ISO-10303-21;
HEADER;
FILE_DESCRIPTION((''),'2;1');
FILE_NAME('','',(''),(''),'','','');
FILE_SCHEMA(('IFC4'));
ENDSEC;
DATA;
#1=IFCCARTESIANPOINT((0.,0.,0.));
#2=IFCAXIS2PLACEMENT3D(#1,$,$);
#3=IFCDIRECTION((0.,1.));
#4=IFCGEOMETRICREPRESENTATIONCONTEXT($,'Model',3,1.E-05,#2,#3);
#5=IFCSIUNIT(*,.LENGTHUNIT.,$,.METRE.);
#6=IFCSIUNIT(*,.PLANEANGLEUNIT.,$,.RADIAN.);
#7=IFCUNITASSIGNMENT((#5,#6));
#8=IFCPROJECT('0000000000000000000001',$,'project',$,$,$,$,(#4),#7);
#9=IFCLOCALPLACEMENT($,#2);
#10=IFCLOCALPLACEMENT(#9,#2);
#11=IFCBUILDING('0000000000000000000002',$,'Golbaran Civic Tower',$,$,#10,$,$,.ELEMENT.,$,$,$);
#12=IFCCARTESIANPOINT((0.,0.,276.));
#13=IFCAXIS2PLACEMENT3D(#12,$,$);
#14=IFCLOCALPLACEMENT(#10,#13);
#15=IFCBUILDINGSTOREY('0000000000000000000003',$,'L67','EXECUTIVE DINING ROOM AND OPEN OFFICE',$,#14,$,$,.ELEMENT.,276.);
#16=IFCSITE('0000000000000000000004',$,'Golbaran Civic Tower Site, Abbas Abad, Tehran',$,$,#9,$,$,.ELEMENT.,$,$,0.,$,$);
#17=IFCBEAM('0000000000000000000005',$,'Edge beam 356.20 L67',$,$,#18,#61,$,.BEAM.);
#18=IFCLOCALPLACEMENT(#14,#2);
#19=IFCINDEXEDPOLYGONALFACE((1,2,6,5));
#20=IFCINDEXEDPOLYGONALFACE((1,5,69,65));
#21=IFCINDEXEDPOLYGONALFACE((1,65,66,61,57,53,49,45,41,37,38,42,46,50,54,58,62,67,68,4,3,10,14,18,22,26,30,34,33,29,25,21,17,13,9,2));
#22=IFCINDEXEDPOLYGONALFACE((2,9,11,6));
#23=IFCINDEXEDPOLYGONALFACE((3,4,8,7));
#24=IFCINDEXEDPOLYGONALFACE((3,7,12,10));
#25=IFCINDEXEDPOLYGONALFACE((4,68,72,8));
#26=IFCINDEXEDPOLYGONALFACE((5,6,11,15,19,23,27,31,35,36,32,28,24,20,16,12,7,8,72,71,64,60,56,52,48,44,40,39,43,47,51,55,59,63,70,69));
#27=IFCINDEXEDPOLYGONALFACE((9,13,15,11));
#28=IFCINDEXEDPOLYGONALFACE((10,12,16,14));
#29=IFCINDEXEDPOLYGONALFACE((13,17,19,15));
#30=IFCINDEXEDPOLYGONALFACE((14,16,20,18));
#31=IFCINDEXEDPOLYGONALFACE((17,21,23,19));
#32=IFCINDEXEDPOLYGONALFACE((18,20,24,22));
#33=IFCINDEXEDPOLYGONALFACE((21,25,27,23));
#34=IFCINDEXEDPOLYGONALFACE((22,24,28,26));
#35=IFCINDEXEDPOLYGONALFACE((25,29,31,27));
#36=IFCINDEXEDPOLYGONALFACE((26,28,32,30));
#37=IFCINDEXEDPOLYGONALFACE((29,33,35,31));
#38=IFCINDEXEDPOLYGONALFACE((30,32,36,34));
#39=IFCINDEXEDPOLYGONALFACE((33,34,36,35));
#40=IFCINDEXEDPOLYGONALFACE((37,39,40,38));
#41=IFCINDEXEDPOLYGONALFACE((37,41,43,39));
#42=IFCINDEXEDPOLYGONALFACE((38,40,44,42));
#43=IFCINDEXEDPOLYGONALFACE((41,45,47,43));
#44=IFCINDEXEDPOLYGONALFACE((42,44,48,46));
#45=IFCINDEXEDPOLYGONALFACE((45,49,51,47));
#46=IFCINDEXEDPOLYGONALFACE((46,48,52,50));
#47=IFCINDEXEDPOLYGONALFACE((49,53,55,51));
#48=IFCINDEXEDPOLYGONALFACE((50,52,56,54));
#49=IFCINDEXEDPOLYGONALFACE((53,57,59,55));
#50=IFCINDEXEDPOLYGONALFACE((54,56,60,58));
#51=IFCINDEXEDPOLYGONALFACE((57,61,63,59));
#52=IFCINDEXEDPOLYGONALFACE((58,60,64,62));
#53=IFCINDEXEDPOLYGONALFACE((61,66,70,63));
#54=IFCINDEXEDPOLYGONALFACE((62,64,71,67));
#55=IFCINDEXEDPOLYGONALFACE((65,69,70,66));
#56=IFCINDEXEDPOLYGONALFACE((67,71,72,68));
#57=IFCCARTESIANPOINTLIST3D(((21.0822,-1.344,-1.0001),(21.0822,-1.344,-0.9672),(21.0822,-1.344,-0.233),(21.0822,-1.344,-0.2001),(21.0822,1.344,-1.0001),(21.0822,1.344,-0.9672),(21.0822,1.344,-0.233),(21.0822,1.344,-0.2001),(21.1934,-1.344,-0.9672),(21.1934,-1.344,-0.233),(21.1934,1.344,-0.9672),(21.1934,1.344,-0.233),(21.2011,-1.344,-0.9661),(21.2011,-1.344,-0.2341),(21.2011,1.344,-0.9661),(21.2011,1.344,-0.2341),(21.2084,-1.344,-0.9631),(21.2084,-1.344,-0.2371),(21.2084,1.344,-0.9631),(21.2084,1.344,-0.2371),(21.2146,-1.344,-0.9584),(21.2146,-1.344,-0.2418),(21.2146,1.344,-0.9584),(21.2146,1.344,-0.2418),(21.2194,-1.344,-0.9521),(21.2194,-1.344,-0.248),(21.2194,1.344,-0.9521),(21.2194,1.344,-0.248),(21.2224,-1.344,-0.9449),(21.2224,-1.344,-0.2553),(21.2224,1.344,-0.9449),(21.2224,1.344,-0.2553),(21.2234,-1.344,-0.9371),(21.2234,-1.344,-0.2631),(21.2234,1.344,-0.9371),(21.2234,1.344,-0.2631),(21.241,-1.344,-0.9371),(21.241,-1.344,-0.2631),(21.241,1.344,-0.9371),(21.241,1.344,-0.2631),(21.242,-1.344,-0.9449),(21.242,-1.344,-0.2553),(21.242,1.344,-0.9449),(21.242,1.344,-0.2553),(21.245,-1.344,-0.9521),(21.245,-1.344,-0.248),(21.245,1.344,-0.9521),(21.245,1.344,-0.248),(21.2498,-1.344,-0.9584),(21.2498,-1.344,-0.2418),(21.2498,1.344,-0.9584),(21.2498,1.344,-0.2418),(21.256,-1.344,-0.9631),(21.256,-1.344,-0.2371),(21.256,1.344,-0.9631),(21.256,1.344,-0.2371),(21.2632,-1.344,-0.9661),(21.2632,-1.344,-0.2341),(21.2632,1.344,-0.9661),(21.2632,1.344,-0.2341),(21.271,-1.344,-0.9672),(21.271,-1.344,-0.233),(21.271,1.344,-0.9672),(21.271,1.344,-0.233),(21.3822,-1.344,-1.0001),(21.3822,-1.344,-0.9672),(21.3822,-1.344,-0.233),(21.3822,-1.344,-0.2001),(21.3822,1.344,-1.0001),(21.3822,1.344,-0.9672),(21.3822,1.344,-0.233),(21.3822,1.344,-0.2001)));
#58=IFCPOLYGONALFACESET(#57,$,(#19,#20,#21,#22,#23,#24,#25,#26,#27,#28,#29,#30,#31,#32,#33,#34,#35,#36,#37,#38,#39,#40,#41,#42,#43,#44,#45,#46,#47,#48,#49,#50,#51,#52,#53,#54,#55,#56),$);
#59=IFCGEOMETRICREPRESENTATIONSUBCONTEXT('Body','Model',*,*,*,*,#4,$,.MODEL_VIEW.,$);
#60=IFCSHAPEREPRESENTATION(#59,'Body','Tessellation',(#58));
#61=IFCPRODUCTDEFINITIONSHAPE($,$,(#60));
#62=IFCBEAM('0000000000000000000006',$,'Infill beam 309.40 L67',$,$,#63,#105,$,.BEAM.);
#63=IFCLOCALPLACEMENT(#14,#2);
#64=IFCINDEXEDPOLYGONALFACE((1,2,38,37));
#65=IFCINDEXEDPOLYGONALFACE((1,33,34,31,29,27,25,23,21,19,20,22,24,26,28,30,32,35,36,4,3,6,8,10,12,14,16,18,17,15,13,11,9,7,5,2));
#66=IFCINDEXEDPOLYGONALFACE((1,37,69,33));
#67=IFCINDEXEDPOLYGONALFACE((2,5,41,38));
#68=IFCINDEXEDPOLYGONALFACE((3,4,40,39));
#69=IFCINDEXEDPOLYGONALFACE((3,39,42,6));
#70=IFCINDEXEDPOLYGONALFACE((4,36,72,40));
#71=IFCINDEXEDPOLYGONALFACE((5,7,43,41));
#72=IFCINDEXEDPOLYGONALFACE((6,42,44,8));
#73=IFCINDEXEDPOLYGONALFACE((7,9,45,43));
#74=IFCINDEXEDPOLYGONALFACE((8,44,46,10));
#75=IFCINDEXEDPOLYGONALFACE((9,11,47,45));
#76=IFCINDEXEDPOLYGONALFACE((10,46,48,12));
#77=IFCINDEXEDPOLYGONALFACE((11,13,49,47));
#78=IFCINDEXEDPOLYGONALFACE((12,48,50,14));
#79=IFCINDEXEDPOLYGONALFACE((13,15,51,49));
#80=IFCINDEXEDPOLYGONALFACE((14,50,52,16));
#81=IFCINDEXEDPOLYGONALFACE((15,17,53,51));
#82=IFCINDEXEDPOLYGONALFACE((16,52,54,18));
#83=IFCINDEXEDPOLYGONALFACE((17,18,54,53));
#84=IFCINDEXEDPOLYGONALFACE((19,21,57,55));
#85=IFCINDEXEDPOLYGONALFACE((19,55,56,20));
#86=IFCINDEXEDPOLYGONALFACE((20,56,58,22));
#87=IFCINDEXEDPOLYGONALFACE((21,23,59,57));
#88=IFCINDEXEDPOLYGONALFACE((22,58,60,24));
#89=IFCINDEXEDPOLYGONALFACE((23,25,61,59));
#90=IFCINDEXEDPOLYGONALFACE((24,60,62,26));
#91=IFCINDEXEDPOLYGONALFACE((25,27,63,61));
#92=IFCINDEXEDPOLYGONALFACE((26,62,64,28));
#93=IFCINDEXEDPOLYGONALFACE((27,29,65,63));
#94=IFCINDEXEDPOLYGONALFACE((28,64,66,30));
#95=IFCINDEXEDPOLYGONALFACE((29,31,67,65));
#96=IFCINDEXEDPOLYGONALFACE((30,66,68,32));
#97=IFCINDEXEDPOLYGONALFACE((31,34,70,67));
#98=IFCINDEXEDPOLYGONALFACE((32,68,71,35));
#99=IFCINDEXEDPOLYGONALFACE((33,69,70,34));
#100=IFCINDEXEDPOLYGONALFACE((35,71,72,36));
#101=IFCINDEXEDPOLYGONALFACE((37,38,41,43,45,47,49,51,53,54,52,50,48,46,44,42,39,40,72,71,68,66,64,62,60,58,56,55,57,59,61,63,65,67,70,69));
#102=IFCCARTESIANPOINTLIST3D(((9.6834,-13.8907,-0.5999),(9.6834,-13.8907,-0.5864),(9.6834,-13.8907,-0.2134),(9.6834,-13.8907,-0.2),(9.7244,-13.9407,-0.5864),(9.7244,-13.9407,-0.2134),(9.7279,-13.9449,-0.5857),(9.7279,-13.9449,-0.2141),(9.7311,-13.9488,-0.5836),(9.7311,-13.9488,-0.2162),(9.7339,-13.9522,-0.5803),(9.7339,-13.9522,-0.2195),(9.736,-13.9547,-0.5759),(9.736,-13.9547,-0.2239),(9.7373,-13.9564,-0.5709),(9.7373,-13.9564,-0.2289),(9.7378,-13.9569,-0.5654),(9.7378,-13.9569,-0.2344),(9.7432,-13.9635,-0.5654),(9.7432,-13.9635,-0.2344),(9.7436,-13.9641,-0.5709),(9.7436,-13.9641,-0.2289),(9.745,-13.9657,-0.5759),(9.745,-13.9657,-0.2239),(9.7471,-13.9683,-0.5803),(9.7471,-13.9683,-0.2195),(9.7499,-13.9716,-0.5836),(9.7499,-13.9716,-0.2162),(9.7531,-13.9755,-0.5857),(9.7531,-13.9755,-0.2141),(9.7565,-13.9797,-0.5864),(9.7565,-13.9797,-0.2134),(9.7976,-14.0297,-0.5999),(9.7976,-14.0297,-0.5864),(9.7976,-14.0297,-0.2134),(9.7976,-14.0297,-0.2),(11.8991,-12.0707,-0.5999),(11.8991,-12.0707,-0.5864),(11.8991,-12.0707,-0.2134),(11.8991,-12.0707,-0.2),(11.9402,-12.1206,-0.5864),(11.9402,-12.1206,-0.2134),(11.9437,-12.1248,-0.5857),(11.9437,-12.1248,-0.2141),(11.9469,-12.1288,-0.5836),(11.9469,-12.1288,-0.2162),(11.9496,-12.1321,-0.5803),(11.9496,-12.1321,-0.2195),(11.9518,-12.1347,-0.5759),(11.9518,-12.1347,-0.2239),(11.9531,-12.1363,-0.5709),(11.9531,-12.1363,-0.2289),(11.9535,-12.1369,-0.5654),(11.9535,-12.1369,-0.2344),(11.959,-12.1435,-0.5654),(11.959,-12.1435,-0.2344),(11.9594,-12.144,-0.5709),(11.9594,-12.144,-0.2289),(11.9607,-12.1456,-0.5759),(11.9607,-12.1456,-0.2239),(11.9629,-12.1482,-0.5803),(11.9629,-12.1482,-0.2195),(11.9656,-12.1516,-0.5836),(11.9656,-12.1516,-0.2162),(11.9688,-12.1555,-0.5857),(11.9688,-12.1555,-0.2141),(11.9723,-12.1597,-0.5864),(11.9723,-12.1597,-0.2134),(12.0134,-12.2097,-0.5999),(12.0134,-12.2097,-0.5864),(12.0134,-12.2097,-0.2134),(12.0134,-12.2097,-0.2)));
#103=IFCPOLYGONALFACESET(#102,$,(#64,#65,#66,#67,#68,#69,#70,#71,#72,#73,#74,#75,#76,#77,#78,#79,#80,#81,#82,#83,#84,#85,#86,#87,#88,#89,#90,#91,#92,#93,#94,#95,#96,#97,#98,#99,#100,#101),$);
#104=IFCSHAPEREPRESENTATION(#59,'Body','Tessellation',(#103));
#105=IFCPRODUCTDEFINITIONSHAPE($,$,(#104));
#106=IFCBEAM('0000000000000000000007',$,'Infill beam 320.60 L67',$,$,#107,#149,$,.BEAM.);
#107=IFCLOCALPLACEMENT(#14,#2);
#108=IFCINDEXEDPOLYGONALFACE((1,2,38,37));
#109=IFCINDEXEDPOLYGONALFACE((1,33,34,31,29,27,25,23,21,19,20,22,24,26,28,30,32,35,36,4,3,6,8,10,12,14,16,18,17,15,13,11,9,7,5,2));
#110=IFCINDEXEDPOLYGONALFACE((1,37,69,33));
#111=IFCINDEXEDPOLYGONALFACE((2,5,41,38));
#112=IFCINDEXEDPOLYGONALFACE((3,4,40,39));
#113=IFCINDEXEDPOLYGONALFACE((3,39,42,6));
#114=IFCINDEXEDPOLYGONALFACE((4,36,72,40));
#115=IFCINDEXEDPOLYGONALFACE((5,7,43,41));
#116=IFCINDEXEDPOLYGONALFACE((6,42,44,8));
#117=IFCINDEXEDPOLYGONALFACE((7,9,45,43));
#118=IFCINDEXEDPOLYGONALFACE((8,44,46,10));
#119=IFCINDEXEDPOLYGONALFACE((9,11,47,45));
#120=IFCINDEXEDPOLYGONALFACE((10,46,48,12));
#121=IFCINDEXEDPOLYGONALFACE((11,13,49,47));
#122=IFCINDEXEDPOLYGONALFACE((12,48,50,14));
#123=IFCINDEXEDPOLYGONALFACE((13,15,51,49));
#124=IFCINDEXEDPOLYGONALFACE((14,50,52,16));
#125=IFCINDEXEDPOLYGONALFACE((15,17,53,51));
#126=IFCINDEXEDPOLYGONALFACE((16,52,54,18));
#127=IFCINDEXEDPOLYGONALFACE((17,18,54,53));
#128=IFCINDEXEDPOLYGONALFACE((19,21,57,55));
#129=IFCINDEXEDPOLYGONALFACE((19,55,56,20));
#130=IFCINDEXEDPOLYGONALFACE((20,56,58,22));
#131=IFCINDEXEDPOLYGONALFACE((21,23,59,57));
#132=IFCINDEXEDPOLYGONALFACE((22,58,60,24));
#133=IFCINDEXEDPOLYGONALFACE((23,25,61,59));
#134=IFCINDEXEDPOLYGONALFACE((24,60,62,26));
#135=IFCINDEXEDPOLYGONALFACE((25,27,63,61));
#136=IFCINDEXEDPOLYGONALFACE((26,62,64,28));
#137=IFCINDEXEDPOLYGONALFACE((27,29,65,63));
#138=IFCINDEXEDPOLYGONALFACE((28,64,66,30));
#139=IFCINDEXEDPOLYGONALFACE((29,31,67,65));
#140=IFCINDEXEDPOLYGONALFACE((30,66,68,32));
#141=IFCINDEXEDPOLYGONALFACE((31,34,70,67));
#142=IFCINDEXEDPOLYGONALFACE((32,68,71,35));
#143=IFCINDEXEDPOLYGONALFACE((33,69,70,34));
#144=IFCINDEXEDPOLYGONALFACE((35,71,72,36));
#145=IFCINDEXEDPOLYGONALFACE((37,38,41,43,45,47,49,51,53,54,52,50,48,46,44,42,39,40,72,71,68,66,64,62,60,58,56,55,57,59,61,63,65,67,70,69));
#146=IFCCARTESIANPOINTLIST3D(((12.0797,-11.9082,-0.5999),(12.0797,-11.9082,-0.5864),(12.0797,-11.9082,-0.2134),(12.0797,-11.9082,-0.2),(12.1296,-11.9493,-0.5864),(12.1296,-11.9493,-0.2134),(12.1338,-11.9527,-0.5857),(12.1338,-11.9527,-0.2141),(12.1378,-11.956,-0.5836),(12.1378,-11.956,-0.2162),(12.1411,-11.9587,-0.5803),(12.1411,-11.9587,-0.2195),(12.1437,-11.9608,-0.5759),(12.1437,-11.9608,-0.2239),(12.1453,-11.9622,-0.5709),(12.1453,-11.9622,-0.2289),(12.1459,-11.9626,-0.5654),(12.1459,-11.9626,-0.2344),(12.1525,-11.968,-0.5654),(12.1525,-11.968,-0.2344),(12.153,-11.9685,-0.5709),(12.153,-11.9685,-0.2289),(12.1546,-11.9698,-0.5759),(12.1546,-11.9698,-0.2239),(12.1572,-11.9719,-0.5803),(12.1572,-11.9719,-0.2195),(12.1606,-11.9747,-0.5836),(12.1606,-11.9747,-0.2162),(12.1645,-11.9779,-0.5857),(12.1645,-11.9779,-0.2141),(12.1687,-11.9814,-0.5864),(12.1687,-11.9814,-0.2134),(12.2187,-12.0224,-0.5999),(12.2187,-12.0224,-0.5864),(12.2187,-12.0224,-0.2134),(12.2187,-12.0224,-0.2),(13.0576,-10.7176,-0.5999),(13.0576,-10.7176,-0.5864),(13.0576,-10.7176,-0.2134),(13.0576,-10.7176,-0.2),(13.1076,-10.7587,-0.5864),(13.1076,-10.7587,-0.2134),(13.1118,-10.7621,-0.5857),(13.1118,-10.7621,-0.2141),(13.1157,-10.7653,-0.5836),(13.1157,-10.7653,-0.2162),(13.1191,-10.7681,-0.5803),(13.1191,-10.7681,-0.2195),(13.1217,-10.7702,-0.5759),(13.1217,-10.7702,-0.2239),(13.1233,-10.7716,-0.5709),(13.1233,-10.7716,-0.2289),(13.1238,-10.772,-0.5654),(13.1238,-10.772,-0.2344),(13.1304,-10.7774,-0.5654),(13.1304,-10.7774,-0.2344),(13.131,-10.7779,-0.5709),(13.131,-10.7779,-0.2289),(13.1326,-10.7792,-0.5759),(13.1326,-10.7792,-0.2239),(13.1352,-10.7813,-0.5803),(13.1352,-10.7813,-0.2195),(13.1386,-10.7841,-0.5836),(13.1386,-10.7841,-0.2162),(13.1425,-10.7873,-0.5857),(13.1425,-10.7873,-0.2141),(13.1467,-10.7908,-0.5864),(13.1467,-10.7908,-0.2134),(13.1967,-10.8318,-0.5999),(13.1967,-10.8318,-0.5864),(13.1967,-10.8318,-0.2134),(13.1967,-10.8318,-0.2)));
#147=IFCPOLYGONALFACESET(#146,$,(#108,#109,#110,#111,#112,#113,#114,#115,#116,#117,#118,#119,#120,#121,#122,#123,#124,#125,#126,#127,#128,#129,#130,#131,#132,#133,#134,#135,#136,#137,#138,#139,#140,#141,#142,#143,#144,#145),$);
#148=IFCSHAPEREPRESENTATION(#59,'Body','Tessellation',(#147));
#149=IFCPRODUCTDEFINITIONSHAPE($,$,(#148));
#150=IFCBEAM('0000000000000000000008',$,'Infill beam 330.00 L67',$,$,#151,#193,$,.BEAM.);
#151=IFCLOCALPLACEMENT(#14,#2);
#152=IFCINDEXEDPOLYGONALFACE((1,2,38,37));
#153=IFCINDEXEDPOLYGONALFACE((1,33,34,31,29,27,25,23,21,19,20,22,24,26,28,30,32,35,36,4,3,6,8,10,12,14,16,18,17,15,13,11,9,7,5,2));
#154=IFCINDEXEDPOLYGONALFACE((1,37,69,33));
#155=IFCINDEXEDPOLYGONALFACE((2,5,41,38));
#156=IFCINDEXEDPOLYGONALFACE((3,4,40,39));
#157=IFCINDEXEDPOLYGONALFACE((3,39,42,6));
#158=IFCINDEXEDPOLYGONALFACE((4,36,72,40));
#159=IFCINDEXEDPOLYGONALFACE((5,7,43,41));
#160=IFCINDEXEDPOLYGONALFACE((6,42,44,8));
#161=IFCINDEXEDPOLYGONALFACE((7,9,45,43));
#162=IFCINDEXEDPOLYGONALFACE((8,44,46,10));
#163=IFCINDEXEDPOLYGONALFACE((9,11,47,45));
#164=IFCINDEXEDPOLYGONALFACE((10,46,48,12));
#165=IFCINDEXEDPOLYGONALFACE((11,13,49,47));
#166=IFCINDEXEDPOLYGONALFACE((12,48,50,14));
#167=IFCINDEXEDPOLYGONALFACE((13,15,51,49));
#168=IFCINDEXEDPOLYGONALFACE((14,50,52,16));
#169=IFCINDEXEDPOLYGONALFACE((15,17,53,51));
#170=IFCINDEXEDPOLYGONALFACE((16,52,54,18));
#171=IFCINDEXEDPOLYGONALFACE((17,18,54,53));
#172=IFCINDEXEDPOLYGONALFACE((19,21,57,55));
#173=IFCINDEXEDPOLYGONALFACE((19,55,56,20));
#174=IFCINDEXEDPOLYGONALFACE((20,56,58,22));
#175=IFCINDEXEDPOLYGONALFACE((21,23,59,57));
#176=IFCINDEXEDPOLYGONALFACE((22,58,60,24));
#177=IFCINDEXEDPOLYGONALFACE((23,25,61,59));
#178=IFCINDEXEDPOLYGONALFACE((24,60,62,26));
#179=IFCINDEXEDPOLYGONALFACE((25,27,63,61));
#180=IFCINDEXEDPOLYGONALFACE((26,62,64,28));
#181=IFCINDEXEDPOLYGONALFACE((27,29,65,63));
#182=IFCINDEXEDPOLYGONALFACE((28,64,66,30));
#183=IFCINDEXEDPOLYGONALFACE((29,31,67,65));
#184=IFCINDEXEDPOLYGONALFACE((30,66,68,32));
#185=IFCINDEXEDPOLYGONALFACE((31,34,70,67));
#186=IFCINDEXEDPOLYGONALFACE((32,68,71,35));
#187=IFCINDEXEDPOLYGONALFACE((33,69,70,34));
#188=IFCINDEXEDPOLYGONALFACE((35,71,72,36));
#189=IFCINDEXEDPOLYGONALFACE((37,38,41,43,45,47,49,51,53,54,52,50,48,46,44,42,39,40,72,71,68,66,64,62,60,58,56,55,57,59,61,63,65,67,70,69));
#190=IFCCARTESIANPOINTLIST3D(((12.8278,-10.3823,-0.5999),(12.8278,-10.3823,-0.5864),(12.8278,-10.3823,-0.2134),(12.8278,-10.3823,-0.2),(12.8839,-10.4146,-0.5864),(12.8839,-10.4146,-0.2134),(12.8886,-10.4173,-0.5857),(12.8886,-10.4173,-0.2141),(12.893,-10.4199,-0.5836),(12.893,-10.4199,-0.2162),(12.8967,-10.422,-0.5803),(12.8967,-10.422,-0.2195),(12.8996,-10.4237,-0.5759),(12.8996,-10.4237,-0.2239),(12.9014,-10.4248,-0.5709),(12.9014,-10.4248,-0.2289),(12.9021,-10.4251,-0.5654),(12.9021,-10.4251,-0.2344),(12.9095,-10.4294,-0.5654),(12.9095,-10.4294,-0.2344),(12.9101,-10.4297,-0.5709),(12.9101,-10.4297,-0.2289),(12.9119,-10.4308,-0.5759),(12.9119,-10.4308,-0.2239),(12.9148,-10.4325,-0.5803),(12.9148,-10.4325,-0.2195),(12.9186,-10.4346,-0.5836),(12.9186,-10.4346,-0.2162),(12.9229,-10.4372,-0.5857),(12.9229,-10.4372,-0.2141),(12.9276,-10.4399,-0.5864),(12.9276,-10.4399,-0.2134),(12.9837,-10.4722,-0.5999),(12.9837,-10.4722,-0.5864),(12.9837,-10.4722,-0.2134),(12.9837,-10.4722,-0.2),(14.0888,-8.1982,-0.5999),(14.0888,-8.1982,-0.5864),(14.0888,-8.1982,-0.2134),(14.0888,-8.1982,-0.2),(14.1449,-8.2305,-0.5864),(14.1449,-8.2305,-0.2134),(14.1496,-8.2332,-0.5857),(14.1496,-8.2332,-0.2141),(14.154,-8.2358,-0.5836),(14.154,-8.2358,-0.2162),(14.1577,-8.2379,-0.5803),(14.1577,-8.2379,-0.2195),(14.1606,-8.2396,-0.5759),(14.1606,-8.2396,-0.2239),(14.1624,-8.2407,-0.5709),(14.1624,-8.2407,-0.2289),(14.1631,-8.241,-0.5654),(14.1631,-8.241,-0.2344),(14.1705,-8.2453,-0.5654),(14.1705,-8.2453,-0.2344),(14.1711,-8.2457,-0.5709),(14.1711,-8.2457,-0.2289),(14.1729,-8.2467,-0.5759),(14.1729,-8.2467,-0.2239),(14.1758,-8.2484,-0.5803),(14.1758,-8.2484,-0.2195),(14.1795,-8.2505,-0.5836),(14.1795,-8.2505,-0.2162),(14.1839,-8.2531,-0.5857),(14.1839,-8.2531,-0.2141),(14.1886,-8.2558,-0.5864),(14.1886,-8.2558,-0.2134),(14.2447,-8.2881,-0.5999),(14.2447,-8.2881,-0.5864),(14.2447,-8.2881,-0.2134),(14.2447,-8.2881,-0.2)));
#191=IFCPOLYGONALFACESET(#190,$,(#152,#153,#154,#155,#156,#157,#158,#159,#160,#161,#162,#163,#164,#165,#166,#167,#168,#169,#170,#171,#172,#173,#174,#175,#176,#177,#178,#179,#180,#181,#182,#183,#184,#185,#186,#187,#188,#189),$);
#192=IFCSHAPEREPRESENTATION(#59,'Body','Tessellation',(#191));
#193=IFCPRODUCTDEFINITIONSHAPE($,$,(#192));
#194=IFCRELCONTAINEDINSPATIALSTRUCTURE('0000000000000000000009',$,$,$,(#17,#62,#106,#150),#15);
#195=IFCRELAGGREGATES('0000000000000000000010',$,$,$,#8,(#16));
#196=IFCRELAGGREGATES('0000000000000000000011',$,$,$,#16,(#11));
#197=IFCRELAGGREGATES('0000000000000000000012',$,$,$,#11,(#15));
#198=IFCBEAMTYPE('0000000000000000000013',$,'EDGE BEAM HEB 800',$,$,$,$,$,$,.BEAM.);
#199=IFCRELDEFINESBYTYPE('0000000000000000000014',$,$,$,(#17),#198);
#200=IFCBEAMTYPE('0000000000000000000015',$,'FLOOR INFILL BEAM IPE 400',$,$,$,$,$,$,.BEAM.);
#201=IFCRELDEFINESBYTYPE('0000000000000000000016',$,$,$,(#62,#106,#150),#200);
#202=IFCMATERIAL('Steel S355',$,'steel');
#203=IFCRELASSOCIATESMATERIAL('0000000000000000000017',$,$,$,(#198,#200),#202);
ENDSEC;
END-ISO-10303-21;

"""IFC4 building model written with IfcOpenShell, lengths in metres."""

from ifc_helpers import new_model, si_unit, direction, frame, origin, origin_2d, place, context, subcontext, project, spatial, i_section, extrude, material, material_profile, profile_set, type_object, element, save


model = new_model("IFC4")

# Units and contexts
model_context = context("Model", 3, precision=1e-05, world=origin(), true_north=direction((0.0, 1.0)))
body_context = subcontext(model_context, "Body", "Model", "MODEL_VIEW")
ifc_project = project(units=[si_unit("LENGTHUNIT", "METRE"), si_unit("PLANEANGLEUNIT", "RADIAN")], contexts=[model_context])

# Site, building, storey
site_placement = place(None, origin())
site = spatial("IfcSite", under=ifc_project, at=site_placement, Name="Golbaran Civic Tower Site, Abbas Abad, Tehran", CompositionType="ELEMENT", RefElevation=0.0)
building_placement = place(site_placement, origin())
building = spatial("IfcBuilding", under=site, at=building_placement, Name="Golbaran Civic Tower", CompositionType="ELEMENT")
storey_placement = place(building_placement, frame((0.0, 0.0, 276.0)))
storey = spatial("IfcBuildingStorey", under=building, at=storey_placement, Name="L67", Description="EXECUTIVE DINING ROOM AND OPEN OFFICE", CompositionType="ELEMENT", Elevation=276.0)

# Beams
ifc_material_1 = material(Name="Steel S355", Category="steel")
ifc_material_profile_1 = material_profile(ifc_material_1, i_section(OverallWidth=0.3, OverallDepth=0.8, WebThickness=0.0176, FlangeThickness=0.033, FilletRadius=0.03, at=origin_2d()), Name="HEB 800")
ifc_profile_set_1 = profile_set([ifc_material_profile_1], Name="Steel S355")
beam_type_1 = type_object("IfcBeamType", Name="EDGE BEAM HEB 800", PredefinedType="BEAM", material=ifc_profile_set_1)
beam_1_placement = place(storey_placement, frame((21.2322, -1.344, -0.6001), z_axis=(0.0, 1.0, 0.0), x_axis=(-1.0, 0.0, 0.0)))
element("IfcBeam", 1, at=beam_1_placement, inside=storey, type_object=beam_type_1, Name="Edge beam 356.20 L67", PredefinedType="BEAM", context=body_context, shape_type="SweptSolid", body=[
    extrude(i_section(OverallWidth=0.3, OverallDepth=0.8, WebThickness=0.0176, FlangeThickness=0.033, FilletRadius=0.03, at=origin_2d()), origin(), (0.0, 0.0, 1.0), 2.688),
])
ifc_material_profile_2 = material_profile(ifc_material_1, i_section(OverallWidth=0.1799, OverallDepth=0.3999, WebThickness=0.0085, FlangeThickness=0.0134, FilletRadius=0.021, at=origin_2d()), Name="IPE 400")
ifc_profile_set_2 = profile_set([ifc_material_profile_2], Name="Steel S355")
beam_type_2 = type_object("IfcBeamType", Name="FLOOR INFILL BEAM IPE 400", PredefinedType="BEAM", material=ifc_profile_set_2)
beam_2_placement = place(storey_placement, frame((9.7405, -13.9602, -0.3999), z_axis=(0.772738, 0.634725, 0.0), x_axis=(-0.634725, 0.772738, 0.0)))
element("IfcBeam", 2, at=beam_2_placement, inside=storey, type_object=beam_type_2, Name="Infill beam 309.40 L67", PredefinedType="BEAM", context=body_context, shape_type="SweptSolid", body=[
    extrude(i_section(OverallWidth=0.1799, OverallDepth=0.3999, WebThickness=0.0085, FlangeThickness=0.0134, FilletRadius=0.021, at=origin_2d()), origin(), (0.0, 0.0, 1.0), 2.8674),
])
beam_3_placement = place(storey_placement, frame((12.1492, -11.9653, -0.3999), z_axis=(0.634729, 0.772735, 0.0), x_axis=(-0.772735, 0.634729, 0.0)))
element("IfcBeam", 3, at=beam_3_placement, inside=storey, type_object=beam_type_2, Name="Infill beam 320.60 L67", PredefinedType="BEAM", context=body_context, shape_type="SweptSolid", body=[
    extrude(i_section(OverallWidth=0.1799, OverallDepth=0.3999, WebThickness=0.0085, FlangeThickness=0.0134, FilletRadius=0.021, at=origin_2d()), origin(), (0.0, 0.0, 1.0), 1.5408),
])
beam_4_placement = place(storey_placement, frame((12.9058, -10.4272, -0.3999), z_axis=(0.500002, 0.866024, 0.0), x_axis=(-0.866024, 0.500002, 0.0)))
element("IfcBeam", 4, at=beam_4_placement, inside=storey, type_object=beam_type_2, Name="Infill beam 330.00 L67", PredefinedType="BEAM", context=body_context, shape_type="SweptSolid", body=[
    extrude(i_section(OverallWidth=0.1799, OverallDepth=0.3999, WebThickness=0.0085, FlangeThickness=0.0134, FilletRadius=0.021, at=origin_2d()), origin(), (0.0, 0.0, 1.0), 2.522),
])

save(model, "model.ifc")
